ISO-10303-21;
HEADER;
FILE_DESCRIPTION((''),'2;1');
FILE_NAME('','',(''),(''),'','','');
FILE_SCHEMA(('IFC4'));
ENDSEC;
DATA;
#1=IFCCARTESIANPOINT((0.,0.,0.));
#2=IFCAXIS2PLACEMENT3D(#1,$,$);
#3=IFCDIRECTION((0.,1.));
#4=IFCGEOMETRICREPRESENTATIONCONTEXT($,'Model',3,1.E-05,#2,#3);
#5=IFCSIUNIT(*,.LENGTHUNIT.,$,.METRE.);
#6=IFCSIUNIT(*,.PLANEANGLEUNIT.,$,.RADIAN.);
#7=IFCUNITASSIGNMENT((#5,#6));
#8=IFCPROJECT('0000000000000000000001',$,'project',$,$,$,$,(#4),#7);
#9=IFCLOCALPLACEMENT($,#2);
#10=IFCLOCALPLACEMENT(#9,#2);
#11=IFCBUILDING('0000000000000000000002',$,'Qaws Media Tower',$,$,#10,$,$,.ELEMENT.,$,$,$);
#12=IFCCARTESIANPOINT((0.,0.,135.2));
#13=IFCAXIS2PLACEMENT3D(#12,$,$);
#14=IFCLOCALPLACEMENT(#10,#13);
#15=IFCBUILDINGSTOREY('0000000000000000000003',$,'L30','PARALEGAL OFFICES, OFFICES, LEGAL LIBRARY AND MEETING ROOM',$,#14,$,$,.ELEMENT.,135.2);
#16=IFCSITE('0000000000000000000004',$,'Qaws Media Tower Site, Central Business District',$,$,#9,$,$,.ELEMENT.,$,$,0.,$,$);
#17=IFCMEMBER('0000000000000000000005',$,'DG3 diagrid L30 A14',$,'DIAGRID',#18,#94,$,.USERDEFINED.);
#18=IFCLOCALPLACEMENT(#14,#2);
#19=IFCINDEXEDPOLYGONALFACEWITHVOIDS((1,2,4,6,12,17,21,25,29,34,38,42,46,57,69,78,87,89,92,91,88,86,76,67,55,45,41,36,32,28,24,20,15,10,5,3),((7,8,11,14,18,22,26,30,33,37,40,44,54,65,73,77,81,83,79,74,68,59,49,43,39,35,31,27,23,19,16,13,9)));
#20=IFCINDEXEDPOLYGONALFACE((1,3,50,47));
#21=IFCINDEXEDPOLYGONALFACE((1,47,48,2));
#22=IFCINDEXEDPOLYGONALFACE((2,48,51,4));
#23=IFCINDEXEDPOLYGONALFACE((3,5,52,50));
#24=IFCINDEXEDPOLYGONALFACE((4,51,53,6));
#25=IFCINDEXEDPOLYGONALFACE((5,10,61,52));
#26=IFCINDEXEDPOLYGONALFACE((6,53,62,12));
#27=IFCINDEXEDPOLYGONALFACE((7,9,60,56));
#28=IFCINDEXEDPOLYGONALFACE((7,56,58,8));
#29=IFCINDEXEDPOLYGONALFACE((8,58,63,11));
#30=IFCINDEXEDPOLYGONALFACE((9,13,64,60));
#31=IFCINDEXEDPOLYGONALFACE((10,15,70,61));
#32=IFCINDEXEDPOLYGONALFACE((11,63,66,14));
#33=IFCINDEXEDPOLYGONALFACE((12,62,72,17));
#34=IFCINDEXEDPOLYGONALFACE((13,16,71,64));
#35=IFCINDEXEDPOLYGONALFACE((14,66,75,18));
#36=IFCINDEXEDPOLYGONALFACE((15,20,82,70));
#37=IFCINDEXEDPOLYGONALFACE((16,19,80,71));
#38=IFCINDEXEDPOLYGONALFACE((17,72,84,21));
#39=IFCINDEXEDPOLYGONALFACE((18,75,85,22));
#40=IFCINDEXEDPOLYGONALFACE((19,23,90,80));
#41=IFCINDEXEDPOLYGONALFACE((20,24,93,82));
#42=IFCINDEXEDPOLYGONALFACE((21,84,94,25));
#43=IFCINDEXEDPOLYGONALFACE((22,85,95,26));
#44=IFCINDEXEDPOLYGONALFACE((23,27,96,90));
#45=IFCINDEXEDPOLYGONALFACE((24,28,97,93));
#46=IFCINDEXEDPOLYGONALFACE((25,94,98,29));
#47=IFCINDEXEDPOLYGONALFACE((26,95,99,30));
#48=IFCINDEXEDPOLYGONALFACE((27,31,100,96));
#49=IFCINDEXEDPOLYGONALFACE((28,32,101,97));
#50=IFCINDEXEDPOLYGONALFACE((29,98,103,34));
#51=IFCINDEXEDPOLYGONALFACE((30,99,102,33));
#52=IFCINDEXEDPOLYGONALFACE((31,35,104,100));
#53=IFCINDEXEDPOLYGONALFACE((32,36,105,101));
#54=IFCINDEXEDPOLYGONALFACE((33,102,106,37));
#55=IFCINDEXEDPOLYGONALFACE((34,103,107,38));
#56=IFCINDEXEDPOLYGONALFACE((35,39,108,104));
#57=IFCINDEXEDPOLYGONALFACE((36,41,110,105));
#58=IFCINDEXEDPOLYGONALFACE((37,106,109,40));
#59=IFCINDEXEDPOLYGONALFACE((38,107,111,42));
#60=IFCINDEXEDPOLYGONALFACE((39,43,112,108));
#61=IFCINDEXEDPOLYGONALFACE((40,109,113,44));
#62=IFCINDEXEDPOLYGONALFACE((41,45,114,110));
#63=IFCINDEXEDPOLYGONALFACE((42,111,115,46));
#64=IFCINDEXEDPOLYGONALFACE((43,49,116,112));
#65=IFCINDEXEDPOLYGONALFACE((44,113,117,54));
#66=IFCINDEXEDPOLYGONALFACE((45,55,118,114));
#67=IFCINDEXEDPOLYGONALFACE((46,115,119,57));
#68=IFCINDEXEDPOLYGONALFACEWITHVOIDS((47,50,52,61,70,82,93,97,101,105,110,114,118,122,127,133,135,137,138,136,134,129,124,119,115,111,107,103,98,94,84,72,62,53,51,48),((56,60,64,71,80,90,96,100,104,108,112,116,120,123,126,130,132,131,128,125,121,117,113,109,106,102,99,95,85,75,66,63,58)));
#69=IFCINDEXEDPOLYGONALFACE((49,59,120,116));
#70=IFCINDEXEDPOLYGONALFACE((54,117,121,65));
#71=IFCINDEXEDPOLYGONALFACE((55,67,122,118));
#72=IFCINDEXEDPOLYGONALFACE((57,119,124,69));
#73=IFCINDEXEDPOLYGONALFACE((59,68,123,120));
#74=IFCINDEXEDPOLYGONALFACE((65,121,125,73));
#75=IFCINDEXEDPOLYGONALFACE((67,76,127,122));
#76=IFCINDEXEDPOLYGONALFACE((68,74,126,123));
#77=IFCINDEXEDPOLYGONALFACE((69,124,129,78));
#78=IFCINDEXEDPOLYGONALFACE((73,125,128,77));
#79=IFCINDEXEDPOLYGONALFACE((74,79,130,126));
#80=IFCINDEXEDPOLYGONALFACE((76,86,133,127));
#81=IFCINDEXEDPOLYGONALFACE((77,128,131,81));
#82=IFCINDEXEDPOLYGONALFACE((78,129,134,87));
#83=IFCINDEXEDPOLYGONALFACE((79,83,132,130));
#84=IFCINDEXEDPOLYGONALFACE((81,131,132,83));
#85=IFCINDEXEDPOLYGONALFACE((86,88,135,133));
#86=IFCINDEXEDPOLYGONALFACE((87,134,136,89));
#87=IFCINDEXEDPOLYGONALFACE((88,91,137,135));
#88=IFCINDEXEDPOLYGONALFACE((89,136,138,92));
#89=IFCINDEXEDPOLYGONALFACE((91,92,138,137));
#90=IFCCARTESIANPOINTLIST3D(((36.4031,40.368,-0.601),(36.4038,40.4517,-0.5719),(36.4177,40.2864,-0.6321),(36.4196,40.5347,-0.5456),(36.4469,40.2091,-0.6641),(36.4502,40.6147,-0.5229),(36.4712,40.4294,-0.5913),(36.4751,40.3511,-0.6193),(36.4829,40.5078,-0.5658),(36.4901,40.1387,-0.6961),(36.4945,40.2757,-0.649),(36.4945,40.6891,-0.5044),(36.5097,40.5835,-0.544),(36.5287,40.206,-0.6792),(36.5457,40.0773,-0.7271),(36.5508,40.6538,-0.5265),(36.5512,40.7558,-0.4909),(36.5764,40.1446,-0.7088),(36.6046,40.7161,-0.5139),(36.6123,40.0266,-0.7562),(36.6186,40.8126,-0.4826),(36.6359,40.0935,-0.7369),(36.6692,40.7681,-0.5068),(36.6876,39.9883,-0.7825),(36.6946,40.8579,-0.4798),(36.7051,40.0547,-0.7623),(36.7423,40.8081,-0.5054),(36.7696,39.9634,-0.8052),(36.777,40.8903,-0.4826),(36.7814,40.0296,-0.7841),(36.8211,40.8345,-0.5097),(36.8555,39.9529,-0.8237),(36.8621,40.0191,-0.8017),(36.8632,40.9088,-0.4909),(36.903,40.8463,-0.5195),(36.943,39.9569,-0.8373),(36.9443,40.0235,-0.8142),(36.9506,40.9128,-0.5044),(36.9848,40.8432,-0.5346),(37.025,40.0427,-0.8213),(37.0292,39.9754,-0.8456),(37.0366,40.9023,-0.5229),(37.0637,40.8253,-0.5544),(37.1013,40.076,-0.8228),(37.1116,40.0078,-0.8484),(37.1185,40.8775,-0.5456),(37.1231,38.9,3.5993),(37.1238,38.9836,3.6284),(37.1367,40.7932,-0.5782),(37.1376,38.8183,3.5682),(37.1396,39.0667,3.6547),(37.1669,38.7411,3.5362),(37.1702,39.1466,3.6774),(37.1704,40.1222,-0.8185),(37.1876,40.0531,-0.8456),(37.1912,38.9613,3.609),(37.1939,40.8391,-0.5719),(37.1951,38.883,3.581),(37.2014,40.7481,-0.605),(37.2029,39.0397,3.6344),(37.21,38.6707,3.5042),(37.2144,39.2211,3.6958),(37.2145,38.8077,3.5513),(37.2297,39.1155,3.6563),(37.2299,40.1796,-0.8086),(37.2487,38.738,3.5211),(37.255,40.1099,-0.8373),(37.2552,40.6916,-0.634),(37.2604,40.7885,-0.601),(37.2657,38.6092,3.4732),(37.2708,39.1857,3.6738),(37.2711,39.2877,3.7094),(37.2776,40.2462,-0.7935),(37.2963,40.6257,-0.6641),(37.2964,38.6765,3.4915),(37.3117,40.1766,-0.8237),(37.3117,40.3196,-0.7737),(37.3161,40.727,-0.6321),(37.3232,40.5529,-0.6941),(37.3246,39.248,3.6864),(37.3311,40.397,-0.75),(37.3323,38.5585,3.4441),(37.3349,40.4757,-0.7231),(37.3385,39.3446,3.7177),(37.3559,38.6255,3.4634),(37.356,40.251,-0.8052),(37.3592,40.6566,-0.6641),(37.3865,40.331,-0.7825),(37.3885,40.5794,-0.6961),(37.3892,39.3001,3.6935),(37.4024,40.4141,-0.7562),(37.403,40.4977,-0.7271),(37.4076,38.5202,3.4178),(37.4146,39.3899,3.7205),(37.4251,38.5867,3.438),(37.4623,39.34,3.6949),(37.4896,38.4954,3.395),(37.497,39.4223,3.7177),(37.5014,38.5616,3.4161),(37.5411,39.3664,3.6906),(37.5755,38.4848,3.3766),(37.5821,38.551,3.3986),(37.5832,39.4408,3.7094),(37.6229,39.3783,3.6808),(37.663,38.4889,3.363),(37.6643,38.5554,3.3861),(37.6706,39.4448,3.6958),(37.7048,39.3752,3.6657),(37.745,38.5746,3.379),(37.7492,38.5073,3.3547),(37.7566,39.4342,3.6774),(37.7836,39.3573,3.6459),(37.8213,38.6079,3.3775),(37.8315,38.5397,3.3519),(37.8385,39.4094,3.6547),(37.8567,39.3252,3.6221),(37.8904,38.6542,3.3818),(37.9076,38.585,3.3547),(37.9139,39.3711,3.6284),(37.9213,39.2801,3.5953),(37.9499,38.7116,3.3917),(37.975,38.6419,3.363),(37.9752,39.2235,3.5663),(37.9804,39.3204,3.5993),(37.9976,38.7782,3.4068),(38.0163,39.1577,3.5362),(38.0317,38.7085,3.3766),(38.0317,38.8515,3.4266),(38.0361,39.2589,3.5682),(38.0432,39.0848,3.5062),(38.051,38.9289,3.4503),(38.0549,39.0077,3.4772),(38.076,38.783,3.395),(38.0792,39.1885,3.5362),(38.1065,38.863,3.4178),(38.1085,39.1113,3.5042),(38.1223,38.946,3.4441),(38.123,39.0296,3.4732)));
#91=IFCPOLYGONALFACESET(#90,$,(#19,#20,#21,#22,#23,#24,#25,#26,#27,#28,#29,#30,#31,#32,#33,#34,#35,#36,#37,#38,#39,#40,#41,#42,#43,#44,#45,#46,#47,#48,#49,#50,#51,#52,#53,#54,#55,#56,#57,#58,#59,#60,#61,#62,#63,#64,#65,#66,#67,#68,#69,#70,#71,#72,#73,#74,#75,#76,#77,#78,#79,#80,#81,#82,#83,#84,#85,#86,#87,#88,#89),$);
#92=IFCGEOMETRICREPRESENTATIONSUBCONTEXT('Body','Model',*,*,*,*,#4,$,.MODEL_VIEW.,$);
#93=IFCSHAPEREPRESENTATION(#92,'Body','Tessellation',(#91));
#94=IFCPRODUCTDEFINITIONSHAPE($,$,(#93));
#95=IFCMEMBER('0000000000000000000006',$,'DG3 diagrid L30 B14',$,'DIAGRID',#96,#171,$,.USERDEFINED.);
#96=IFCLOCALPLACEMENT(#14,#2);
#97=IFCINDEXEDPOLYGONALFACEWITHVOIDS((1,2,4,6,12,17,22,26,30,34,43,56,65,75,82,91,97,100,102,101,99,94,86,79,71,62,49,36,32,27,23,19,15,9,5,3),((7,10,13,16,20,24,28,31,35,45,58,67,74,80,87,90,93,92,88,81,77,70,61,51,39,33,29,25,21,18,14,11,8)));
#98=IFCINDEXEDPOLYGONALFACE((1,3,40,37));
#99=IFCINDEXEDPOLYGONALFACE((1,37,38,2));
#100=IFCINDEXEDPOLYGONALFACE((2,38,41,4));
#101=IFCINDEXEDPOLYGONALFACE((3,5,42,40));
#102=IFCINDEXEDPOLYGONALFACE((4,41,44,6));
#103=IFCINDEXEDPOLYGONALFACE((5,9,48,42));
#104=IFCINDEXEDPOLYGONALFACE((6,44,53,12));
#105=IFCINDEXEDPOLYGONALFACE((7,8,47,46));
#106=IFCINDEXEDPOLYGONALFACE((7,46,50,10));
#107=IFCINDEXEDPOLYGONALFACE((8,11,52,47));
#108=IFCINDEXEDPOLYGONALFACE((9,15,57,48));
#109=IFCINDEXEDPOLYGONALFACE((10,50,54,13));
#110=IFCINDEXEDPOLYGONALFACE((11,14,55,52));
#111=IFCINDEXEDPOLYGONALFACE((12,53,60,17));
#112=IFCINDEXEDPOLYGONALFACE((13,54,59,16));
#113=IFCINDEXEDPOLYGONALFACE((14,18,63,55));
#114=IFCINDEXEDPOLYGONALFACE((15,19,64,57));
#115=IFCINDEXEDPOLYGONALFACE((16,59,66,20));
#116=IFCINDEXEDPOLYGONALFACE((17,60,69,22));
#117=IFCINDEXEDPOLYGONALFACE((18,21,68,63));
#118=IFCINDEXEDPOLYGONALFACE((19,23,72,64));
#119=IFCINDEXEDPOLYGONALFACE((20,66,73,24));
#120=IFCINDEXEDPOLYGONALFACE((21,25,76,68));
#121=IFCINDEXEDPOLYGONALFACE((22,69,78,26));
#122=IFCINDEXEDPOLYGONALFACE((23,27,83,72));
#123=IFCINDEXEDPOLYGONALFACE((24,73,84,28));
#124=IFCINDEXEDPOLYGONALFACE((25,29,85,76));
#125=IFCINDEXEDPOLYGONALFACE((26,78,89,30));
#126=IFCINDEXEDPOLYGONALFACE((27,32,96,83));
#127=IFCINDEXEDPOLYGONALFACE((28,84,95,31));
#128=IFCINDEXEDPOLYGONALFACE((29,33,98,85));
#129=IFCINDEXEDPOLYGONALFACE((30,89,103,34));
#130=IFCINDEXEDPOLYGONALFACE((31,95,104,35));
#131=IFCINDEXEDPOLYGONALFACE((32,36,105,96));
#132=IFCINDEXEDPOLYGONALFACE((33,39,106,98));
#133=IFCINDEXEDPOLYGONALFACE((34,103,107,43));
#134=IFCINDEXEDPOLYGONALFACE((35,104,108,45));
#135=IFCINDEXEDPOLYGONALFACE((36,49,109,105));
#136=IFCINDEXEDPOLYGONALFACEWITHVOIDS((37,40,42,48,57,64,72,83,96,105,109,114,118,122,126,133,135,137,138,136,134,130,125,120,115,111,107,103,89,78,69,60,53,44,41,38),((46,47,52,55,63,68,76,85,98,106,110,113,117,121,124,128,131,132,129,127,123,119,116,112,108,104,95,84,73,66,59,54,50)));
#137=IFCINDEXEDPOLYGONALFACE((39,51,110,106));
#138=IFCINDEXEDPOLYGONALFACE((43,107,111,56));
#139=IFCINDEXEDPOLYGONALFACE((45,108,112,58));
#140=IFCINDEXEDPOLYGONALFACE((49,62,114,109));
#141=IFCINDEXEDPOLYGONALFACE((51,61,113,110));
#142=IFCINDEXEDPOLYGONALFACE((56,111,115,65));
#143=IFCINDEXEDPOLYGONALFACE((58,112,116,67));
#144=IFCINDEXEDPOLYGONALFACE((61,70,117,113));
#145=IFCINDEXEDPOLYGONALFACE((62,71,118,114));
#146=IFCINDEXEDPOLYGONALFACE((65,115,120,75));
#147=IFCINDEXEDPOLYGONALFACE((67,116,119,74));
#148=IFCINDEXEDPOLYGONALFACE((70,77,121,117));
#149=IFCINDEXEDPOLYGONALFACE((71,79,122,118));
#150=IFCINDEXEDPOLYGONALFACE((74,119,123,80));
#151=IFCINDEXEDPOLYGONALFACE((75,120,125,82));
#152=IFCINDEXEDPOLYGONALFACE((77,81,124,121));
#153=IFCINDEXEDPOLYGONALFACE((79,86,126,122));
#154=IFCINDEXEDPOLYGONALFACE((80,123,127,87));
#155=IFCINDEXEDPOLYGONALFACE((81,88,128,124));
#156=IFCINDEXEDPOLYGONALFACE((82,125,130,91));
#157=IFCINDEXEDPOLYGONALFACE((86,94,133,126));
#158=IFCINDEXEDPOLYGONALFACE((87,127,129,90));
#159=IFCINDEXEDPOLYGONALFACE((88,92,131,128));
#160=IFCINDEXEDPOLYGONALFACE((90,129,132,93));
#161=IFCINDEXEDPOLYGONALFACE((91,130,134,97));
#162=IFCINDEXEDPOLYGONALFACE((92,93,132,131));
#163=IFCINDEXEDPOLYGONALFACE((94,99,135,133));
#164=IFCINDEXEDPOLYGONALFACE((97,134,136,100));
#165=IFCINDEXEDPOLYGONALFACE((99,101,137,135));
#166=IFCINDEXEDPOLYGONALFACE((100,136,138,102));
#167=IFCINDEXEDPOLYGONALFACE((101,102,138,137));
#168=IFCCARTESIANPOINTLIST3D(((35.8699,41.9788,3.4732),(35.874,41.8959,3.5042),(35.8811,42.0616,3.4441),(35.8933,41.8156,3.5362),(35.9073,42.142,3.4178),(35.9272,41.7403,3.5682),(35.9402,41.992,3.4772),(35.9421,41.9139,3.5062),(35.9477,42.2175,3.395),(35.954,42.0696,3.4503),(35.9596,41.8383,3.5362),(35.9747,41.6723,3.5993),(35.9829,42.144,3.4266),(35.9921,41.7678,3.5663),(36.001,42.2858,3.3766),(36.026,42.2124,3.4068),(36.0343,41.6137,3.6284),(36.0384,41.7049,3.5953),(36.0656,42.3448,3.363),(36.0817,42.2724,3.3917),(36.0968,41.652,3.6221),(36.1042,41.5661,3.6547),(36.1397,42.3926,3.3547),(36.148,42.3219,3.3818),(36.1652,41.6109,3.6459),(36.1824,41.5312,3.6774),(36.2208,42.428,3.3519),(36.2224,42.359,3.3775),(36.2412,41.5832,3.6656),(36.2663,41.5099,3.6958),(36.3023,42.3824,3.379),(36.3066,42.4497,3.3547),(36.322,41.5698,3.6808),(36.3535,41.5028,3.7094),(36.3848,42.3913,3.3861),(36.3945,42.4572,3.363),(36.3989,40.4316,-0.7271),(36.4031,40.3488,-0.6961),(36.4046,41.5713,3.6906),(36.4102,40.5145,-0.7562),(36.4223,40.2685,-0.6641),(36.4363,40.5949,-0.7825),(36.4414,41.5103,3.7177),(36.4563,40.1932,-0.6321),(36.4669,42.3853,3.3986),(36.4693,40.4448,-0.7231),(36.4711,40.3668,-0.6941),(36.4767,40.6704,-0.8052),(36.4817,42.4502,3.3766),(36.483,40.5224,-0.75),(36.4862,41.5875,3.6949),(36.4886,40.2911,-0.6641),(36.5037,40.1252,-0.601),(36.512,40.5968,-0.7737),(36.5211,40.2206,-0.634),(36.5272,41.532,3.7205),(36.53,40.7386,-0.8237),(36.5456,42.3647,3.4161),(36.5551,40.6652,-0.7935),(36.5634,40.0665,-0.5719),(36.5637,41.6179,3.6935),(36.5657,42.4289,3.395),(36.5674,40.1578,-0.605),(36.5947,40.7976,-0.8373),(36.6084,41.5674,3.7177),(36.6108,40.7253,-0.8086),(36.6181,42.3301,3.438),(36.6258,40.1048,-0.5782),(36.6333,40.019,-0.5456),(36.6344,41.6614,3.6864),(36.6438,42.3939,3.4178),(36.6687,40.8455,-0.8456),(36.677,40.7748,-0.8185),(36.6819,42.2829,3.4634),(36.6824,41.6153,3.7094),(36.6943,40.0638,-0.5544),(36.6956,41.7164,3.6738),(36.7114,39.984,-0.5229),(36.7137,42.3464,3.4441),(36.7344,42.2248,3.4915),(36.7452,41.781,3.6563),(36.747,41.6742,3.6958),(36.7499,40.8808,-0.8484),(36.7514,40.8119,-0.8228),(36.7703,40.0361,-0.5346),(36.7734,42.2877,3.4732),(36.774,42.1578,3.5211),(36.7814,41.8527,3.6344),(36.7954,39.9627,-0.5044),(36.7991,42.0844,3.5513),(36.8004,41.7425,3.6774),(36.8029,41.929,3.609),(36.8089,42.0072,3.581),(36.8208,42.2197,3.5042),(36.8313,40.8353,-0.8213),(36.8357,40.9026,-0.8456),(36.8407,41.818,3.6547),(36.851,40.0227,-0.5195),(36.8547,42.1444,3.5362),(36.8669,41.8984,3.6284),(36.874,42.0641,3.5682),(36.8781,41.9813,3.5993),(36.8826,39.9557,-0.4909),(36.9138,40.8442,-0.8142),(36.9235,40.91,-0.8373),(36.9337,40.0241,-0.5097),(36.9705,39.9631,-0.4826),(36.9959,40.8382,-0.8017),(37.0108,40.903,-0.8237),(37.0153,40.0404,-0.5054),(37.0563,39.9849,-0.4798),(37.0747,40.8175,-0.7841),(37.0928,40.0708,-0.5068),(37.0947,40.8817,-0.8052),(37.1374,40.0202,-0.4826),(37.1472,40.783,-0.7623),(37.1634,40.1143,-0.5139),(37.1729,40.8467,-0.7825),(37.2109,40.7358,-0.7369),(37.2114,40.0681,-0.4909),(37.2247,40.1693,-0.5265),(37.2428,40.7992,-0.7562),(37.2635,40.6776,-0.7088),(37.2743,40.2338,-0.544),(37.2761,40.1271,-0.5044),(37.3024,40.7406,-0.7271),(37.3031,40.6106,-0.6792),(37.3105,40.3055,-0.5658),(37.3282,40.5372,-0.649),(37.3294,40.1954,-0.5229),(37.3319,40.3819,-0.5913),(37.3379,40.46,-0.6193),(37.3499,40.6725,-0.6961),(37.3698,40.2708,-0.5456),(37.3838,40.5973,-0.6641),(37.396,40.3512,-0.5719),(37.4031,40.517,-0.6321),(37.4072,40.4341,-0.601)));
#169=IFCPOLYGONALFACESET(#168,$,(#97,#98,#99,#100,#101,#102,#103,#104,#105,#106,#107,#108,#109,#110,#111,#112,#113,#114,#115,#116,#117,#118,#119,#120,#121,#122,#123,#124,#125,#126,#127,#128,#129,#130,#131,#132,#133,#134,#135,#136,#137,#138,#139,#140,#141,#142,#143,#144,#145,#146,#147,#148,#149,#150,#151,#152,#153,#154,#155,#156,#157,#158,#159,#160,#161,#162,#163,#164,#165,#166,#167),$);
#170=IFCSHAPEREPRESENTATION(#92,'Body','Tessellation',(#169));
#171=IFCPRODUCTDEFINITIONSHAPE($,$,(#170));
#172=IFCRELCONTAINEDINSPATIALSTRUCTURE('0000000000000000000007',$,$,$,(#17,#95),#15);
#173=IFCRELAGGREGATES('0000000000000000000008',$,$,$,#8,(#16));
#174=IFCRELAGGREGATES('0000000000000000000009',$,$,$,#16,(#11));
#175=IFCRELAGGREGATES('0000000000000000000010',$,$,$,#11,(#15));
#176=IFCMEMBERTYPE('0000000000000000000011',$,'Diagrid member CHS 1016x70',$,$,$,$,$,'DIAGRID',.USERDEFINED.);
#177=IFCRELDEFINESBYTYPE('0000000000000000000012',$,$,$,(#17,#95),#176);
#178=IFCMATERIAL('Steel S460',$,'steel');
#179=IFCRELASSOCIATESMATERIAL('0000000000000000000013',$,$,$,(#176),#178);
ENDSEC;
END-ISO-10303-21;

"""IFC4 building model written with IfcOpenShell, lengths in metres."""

from ifc_helpers import new_model, si_unit, direction, frame, origin, origin_2d, place, context, subcontext, project, spatial, hollow_circle, extrude, material, material_profile, profile_set, type_object, element, save


model = new_model("IFC4")

# Units and contexts
model_context = context("Model", 3, precision=1e-05, world=origin(), true_north=direction((0.0, 1.0)))
body_context = subcontext(model_context, "Body", "Model", "MODEL_VIEW")
ifc_project = project(units=[si_unit("LENGTHUNIT", "METRE"), si_unit("PLANEANGLEUNIT", "RADIAN")], contexts=[model_context])

# Site, building, storey
site_placement = place(None, origin())
site = spatial("IfcSite", under=ifc_project, at=site_placement, Name="Qaws Media Tower Site, Central Business District", CompositionType="ELEMENT", RefElevation=0.0)
building_placement = place(site_placement, origin())
building = spatial("IfcBuilding", under=site, at=building_placement, Name="Qaws Media Tower", CompositionType="ELEMENT")
storey_placement = place(building_placement, frame((0.0, 0.0, 135.2)))
storey = spatial("IfcBuildingStorey", under=building, at=storey_placement, Name="L30", Description="PARALEGAL OFFICES, OFFICES, LEGAL LIBRARY AND MEETING ROOM", CompositionType="ELEMENT", Elevation=135.2)

# Members
ifc_material_1 = material(Name="Steel S460", Category="steel")
ifc_material_profile_1 = material_profile(ifc_material_1, hollow_circle(Radius=0.5081, WallThickness=0.0701, at=origin_2d()), Name="CHS 1016x70")
ifc_profile_set_1 = profile_set([ifc_material_profile_1], Name="Steel S460")
member_type = type_object("IfcMemberType", Name="Diagrid member CHS 1016x70", ElementType="DIAGRID", PredefinedType="USERDEFINED", material=ifc_profile_set_1)
for number, where, z_axis, x_axis, name in (
    (1, (36.9031, 40.4329, -0.6641), (0.159737, -0.325703, 0.931881), (0.897835, 0.440332, 0.0), "DG3 diagrid L30 A14"),
    (2, (36.9031, 40.4329, -0.6641), (-0.117379, 0.343253, 0.93188), (-0.946206, -0.323565, 0.0), "DG3 diagrid L30 B14"),
):
    element("IfcMember", number, at=place(storey_placement, frame(where, z_axis=z_axis, x_axis=x_axis)), inside=storey, type_object=member_type, Name=name, ObjectType="DIAGRID", PredefinedType="USERDEFINED", context=body_context, shape_type="SweptSolid", body=[
        extrude(hollow_circle(Radius=0.5081, WallThickness=0.0701, at=origin_2d()), origin(), (0.0, 0.0, 1.0), 4.5073),
    ])

save(model, "model.ifc")
